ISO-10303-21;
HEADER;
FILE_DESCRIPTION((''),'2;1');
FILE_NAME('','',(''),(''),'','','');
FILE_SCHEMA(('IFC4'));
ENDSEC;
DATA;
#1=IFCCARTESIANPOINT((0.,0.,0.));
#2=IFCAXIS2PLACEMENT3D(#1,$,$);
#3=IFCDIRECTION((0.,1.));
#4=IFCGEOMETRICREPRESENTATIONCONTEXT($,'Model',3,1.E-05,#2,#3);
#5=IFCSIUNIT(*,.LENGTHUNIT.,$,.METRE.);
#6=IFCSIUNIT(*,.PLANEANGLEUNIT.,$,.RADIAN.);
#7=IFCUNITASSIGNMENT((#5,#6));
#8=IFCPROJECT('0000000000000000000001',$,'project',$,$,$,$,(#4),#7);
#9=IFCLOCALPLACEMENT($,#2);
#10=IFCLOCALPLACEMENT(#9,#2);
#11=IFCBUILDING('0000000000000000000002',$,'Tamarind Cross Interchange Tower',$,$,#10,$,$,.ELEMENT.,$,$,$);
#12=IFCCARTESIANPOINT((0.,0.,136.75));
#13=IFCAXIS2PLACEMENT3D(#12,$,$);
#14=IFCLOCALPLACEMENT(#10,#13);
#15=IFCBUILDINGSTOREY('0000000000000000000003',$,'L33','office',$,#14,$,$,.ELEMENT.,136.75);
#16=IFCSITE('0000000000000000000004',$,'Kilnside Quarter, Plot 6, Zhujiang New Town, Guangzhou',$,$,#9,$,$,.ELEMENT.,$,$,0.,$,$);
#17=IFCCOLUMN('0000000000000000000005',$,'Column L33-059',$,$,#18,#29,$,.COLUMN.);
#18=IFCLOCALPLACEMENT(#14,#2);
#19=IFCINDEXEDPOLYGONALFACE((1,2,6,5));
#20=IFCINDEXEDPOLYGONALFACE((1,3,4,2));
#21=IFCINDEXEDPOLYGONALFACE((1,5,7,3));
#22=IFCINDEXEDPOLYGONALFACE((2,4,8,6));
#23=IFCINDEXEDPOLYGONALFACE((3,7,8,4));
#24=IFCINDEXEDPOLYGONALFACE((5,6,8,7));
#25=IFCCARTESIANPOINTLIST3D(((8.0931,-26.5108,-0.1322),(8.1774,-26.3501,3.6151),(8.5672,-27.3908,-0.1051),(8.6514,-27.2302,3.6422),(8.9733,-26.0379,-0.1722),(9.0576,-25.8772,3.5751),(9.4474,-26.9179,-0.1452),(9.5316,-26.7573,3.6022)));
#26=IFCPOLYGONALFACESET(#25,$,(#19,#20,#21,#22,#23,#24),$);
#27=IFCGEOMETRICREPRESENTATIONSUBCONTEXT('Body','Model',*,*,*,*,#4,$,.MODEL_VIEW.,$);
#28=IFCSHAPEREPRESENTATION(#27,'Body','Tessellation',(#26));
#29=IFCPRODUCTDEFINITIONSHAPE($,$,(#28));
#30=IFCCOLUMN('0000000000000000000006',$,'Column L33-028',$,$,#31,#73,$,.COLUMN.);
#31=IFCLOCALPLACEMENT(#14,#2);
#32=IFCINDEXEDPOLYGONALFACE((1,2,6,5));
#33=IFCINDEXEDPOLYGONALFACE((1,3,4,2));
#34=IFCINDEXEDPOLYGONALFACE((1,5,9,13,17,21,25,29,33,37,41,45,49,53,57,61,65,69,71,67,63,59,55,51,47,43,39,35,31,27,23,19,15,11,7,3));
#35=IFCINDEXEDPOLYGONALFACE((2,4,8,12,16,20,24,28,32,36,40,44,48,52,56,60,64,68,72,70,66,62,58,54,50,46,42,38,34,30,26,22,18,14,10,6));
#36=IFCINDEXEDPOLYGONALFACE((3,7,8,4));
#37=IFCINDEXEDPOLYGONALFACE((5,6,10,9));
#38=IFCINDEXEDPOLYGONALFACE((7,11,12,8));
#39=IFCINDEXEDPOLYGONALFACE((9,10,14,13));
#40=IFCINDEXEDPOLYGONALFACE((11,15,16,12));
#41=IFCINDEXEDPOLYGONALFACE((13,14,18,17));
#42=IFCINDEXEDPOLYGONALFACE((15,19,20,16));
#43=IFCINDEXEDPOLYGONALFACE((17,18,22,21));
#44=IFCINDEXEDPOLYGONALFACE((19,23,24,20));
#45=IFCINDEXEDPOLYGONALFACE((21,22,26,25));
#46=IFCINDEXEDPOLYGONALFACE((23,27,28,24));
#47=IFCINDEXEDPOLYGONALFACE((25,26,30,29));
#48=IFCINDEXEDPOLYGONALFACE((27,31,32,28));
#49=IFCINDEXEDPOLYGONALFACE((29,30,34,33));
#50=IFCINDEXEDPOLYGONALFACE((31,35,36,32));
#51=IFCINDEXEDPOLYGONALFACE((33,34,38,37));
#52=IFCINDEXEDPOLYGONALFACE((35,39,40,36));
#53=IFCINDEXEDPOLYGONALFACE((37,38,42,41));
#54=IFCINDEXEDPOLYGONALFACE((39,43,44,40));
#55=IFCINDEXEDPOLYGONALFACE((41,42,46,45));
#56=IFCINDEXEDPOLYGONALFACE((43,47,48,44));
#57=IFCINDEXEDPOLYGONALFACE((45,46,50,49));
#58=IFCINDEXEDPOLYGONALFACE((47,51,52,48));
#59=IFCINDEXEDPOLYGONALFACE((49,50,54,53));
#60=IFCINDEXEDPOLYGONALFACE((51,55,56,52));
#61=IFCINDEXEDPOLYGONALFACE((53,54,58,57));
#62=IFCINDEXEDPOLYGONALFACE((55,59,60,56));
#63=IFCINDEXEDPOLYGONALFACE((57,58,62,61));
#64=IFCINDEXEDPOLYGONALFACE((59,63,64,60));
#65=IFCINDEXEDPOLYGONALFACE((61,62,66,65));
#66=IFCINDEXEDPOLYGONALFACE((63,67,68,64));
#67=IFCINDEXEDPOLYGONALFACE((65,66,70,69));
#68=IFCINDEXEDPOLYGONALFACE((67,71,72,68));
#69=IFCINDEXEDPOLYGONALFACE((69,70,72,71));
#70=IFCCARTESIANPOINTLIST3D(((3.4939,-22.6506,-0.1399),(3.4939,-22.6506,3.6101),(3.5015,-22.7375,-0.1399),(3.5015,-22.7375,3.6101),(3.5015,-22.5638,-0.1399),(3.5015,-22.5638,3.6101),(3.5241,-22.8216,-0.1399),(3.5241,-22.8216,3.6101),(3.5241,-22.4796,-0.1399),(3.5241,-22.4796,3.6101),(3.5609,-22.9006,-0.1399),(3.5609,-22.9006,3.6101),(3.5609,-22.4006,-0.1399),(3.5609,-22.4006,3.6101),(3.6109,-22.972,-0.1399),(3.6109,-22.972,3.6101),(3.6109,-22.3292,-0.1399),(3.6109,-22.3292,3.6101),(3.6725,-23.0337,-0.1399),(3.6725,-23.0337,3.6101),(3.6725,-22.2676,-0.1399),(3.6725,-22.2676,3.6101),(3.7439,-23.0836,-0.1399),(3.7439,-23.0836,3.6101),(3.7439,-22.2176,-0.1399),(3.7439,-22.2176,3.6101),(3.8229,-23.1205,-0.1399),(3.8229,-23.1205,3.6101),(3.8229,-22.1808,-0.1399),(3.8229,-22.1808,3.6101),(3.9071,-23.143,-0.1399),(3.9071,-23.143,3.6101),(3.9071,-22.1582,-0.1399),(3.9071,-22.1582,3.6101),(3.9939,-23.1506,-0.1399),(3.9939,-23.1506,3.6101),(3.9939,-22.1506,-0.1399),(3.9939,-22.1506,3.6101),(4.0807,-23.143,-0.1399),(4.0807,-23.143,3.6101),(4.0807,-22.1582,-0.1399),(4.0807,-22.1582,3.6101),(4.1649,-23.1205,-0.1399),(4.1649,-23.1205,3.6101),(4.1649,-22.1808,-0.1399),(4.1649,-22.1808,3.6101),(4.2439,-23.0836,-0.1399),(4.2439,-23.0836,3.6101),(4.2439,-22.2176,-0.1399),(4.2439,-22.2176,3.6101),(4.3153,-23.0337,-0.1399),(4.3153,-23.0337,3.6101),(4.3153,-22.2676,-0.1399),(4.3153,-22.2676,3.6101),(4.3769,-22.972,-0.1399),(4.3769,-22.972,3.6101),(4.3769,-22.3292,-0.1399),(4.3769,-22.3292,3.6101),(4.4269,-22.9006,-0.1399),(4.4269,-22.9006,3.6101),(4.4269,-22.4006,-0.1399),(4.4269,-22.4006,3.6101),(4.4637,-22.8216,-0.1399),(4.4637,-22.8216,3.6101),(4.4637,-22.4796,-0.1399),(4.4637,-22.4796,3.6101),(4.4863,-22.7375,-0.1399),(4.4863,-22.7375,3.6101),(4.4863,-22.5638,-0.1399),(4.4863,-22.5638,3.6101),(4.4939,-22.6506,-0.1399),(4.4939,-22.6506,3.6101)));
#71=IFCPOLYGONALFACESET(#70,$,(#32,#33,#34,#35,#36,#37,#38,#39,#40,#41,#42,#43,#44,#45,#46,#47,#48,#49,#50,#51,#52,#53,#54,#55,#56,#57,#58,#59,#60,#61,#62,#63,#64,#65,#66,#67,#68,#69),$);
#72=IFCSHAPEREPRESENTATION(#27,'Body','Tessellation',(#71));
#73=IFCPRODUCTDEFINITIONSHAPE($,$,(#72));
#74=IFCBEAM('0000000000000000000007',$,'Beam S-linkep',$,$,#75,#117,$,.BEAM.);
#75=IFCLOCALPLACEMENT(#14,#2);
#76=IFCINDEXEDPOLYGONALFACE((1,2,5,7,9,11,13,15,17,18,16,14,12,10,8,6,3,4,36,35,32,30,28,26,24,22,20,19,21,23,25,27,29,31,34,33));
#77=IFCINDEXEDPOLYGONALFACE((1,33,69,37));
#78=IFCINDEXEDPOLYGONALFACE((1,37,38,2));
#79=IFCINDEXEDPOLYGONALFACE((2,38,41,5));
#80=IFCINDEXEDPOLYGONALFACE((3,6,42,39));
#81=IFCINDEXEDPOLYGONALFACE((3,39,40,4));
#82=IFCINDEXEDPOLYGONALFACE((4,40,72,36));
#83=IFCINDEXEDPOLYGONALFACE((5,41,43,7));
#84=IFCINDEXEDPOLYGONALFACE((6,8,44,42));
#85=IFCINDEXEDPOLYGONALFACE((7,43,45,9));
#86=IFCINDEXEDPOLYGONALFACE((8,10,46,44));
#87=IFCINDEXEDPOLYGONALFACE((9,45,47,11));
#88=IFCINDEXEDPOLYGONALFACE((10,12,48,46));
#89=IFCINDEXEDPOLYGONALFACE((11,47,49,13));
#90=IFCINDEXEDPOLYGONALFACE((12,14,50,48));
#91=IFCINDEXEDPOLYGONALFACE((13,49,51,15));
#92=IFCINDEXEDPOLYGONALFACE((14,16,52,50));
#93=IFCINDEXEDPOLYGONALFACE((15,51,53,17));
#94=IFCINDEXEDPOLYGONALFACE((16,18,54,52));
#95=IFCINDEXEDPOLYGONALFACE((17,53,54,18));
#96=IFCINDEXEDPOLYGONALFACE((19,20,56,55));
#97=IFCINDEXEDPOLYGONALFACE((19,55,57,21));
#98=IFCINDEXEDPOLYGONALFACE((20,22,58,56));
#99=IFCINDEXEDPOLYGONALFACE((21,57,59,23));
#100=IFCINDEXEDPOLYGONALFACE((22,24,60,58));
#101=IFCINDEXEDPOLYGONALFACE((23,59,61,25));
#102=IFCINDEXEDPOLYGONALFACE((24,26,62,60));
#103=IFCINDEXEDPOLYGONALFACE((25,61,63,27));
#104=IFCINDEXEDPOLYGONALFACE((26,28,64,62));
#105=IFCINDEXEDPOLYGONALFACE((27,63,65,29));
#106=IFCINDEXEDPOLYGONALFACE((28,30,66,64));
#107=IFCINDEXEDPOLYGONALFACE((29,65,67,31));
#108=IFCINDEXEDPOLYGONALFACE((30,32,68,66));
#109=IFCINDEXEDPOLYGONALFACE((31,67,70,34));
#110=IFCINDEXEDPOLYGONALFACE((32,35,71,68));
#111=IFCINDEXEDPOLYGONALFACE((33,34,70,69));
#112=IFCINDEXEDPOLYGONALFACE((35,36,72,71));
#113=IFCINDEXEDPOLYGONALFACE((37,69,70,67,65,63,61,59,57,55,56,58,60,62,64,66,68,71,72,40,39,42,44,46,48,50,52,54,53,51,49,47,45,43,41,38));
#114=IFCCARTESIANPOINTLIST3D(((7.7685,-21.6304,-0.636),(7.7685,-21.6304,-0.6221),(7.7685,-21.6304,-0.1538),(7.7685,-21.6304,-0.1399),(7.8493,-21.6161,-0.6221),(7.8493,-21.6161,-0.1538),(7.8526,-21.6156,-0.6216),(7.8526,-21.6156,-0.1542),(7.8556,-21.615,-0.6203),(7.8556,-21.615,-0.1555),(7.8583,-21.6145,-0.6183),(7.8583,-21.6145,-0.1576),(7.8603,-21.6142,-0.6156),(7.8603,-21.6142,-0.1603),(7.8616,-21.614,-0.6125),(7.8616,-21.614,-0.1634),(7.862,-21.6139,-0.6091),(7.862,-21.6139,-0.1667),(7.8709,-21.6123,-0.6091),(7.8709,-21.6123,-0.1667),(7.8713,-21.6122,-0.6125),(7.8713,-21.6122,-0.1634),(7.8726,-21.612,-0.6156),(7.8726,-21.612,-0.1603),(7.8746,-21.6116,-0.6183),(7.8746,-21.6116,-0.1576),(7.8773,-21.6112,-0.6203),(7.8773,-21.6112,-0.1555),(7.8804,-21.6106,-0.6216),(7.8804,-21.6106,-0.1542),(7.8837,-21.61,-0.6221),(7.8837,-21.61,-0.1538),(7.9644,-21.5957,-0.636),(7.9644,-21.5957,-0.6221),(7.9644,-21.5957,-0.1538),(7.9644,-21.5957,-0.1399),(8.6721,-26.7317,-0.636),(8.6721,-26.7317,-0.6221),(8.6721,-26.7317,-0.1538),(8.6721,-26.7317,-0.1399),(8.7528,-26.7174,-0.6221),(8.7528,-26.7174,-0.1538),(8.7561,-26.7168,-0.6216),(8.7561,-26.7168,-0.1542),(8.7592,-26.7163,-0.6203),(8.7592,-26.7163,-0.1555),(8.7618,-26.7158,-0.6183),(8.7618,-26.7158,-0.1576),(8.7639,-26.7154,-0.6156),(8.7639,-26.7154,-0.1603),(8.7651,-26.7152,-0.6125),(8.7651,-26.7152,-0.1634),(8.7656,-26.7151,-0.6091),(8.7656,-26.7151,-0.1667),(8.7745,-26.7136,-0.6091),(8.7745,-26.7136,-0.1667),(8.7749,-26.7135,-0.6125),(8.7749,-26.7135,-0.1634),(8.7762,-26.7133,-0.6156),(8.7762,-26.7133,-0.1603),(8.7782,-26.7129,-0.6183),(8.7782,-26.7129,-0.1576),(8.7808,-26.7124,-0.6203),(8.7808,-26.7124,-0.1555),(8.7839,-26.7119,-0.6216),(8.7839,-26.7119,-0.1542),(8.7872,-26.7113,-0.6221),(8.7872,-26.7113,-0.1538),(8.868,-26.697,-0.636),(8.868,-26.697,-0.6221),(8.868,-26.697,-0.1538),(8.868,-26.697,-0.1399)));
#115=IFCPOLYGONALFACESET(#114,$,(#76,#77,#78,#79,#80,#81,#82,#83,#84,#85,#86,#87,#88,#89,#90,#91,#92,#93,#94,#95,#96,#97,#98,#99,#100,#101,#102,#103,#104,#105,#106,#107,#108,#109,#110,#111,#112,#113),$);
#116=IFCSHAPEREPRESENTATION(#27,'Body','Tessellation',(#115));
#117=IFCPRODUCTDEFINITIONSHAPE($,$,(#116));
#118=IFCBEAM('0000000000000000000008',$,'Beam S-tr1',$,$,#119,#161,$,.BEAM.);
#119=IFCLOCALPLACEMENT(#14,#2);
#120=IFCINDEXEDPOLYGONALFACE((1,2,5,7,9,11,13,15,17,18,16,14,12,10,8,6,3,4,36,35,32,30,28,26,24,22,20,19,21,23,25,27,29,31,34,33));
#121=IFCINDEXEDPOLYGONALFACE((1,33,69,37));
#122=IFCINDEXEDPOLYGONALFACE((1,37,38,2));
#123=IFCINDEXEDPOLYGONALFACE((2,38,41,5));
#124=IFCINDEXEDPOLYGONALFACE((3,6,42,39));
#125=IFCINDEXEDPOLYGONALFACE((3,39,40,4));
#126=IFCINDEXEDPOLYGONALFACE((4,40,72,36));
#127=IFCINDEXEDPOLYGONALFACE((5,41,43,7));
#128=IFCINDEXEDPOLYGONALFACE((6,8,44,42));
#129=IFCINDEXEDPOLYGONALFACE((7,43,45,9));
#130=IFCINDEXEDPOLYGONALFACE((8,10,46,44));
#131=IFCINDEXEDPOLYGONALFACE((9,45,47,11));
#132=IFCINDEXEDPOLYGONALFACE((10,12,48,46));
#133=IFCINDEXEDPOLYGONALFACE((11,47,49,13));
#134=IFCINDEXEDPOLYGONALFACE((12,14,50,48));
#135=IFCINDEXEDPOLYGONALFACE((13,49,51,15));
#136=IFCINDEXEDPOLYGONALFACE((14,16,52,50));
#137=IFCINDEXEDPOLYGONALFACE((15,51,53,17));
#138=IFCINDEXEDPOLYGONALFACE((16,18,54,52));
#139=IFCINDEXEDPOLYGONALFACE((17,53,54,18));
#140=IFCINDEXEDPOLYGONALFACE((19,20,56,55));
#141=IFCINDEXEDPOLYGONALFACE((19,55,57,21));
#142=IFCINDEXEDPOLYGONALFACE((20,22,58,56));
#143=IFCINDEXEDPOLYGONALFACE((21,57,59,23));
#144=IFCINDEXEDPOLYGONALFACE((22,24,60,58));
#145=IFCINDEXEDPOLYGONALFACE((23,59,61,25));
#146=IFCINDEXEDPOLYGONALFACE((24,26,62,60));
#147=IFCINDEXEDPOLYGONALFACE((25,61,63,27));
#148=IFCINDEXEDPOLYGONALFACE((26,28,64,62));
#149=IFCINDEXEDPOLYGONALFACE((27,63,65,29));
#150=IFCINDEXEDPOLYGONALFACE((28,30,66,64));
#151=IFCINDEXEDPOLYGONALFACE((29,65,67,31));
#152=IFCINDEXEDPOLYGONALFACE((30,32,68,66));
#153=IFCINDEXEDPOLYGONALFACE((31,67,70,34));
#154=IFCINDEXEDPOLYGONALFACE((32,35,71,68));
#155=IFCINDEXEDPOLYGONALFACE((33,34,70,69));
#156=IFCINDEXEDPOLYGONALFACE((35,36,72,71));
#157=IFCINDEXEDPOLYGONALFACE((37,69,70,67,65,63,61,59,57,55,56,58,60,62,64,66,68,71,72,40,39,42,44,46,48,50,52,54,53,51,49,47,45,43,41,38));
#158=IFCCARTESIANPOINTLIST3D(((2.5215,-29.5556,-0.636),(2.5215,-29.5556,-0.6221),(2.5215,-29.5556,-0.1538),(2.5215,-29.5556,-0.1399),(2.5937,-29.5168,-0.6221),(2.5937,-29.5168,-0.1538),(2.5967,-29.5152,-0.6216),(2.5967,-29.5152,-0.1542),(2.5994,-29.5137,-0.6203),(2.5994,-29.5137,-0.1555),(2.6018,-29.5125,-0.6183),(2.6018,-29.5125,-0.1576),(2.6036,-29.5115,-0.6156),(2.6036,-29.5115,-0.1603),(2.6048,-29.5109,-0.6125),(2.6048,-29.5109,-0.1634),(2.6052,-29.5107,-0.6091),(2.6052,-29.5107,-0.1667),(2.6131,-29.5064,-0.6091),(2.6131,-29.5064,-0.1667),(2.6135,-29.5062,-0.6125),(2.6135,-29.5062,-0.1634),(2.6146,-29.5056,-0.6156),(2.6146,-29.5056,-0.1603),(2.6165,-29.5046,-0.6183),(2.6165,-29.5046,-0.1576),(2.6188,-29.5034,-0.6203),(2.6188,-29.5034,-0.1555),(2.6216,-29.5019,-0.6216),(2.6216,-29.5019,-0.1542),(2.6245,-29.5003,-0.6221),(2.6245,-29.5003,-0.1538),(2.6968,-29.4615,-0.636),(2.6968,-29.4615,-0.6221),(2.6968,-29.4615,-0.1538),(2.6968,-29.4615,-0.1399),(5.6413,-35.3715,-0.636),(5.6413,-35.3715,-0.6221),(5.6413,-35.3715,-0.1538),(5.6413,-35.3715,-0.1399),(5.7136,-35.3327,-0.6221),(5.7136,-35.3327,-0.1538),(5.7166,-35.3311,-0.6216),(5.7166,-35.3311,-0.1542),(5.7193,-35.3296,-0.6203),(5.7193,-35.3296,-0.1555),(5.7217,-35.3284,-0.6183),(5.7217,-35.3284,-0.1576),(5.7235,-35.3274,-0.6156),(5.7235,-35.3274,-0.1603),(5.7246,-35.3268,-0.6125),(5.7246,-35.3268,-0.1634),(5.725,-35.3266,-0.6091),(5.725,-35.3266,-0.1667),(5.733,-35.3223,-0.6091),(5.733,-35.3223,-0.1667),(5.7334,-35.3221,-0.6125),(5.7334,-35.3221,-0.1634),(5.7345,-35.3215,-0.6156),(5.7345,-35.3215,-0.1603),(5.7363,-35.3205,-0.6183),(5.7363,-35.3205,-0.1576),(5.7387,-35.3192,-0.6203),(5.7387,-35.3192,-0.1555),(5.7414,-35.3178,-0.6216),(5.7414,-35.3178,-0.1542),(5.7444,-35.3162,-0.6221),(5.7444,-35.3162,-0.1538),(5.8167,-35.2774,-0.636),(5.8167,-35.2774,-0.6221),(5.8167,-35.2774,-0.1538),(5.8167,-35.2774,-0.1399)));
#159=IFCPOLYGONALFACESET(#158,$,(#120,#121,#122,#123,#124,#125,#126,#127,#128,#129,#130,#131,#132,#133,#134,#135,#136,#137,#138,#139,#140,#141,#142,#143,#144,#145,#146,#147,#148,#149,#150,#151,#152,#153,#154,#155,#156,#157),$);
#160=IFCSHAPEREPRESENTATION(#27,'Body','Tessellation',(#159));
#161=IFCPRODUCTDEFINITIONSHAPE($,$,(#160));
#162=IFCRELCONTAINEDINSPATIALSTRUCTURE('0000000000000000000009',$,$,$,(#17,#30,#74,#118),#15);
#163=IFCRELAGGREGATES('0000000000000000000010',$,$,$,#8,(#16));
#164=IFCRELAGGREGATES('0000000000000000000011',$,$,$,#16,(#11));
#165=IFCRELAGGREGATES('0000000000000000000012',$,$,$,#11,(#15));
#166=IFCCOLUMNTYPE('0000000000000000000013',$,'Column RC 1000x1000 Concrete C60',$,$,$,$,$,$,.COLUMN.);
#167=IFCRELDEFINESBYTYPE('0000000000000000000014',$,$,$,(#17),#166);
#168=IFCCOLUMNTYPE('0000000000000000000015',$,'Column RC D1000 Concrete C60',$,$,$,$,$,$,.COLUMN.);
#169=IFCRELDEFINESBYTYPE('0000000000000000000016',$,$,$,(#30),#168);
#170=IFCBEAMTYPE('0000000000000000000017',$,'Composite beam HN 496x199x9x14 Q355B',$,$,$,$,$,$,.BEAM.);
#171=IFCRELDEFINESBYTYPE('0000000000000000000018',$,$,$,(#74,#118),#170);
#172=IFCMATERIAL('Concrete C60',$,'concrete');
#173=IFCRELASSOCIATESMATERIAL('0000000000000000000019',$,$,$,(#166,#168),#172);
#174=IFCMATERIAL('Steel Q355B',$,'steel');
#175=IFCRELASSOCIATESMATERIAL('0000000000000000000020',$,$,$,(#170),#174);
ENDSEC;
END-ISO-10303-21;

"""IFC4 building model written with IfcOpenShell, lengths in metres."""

from ifc_helpers import new_model, si_unit, direction, frame, origin, origin_2d, place, context, subcontext, project, spatial, rectangle, circle, i_section, extrude, material, material_profile, profile_set, type_object, element, save


model = new_model("IFC4")

# Units and contexts
model_context = context("Model", 3, precision=1e-05, world=origin(), true_north=direction((0.0, 1.0)))
body_context = subcontext(model_context, "Body", "Model", "MODEL_VIEW")
ifc_project = project(units=[si_unit("LENGTHUNIT", "METRE"), si_unit("PLANEANGLEUNIT", "RADIAN")], contexts=[model_context])

# Site, building, storey
site_placement = place(None, origin())
site = spatial("IfcSite", under=ifc_project, at=site_placement, Name="Kilnside Quarter, Plot 6, Zhujiang New Town, Guangzhou", CompositionType="ELEMENT", RefElevation=0.0)
building_placement = place(site_placement, origin())
building = spatial("IfcBuilding", under=site, at=building_placement, Name="Tamarind Cross Interchange Tower", CompositionType="ELEMENT")
storey_placement = place(building_placement, frame((0.0, 0.0, 136.75)))
storey = spatial("IfcBuildingStorey", under=building, at=storey_placement, Name="L33", Description="office", CompositionType="ELEMENT", Elevation=136.75)

# Columns
ifc_material_1 = material(Name="Concrete C60", Category="concrete")
ifc_material_profile_1 = material_profile(ifc_material_1, rectangle(XDim=1.0, YDim=1.0, at=origin_2d()), Name="RC 1000x1000")
ifc_profile_set_1 = profile_set([ifc_material_profile_1], Name="Concrete C60")
column_type_1 = type_object("IfcColumnType", Name="Column RC 1000x1000 Concrete C60", PredefinedType="COLUMN", material=ifc_profile_set_1)
column_1_placement = place(storey_placement, frame((8.7703, -26.7144, -0.1387), z_axis=(0.022451, 0.042819, 0.998831), x_axis=(-0.880206, -0.472898, 0.040057)))
element("IfcColumn", 1, at=column_1_placement, inside=storey, type_object=column_type_1, Name="Column L33-059", PredefinedType="COLUMN", context=body_context, shape_type="SweptSolid", body=[
    extrude(rectangle(XDim=1.0, YDim=1.0, at=origin_2d()), origin(), (0.0, 0.0, 1.0), 3.7517),
])
ifc_material_profile_2 = material_profile(ifc_material_1, circle(Radius=0.5, at=origin_2d()), Name="RC D1000")
ifc_profile_set_2 = profile_set([ifc_material_profile_2], Name="Concrete C60")
column_type_2 = type_object("IfcColumnType", Name="Column RC D1000 Concrete C60", PredefinedType="COLUMN", material=ifc_profile_set_2)
column_2_placement = place(storey_placement, frame((3.9939, -22.6506, -0.1399), z_axis=(0.0, 0.0, 1.0), x_axis=(1.0, 0.0, 0.0)))
element("IfcColumn", 2, at=column_2_placement, inside=storey, type_object=column_type_2, Name="Column L33-028", PredefinedType="COLUMN", context=body_context, shape_type="SweptSolid", body=[
    extrude(circle(Radius=0.5, at=origin_2d()), origin(), (0.0, 0.0, 1.0), 3.75),
])

# Beams
ifc_material_2 = material(Name="Steel Q355B", Category="steel")
ifc_material_profile_3 = material_profile(ifc_material_2, i_section(OverallWidth=0.199, OverallDepth=0.4961, WebThickness=0.009, FlangeThickness=0.0139, FilletRadius=0.0129, at=origin_2d()), Name="HN 496x199x9x14")
ifc_profile_set_3 = profile_set([ifc_material_profile_3], Name="Steel Q355B")
beam_type_1 = type_object("IfcBeamType", Name="Composite beam HN 496x199x9x14 Q355B", PredefinedType="BEAM", material=ifc_profile_set_3)
beam_1_placement = place(storey_placement, frame((8.77, -26.7144, -0.3879), z_axis=(-0.174409, 0.984673, 0.0), x_axis=(-0.984673, -0.174409, 0.0)))
element("IfcBeam", 3, at=beam_1_placement, inside=storey, type_object=beam_type_1, Name="Beam S-linkep", PredefinedType="BEAM", context=body_context, shape_type="SweptSolid", body=[
    extrude(i_section(OverallWidth=0.199, OverallDepth=0.4961, WebThickness=0.009, FlangeThickness=0.0139, FilletRadius=0.0129, at=origin_2d()), origin(), (0.0, 0.0, 1.0), 5.1807),
])
beam_2_placement = place(storey_placement, frame((2.6091, -29.5085, -0.3879), z_axis=(0.472716, -0.881215, 0.0), x_axis=(0.881215, 0.472716, 0.0)))
element("IfcBeam", 4, at=beam_2_placement, inside=storey, type_object=beam_type_1, Name="Beam S-tr1", PredefinedType="BEAM", context=body_context, shape_type="SweptSolid", body=[
    extrude(i_section(OverallWidth=0.199, OverallDepth=0.4961, WebThickness=0.009, FlangeThickness=0.0139, FilletRadius=0.0129, at=origin_2d()), origin(), (0.0, 0.0, 1.0), 6.5999),
])

save(model, "model.ifc")
